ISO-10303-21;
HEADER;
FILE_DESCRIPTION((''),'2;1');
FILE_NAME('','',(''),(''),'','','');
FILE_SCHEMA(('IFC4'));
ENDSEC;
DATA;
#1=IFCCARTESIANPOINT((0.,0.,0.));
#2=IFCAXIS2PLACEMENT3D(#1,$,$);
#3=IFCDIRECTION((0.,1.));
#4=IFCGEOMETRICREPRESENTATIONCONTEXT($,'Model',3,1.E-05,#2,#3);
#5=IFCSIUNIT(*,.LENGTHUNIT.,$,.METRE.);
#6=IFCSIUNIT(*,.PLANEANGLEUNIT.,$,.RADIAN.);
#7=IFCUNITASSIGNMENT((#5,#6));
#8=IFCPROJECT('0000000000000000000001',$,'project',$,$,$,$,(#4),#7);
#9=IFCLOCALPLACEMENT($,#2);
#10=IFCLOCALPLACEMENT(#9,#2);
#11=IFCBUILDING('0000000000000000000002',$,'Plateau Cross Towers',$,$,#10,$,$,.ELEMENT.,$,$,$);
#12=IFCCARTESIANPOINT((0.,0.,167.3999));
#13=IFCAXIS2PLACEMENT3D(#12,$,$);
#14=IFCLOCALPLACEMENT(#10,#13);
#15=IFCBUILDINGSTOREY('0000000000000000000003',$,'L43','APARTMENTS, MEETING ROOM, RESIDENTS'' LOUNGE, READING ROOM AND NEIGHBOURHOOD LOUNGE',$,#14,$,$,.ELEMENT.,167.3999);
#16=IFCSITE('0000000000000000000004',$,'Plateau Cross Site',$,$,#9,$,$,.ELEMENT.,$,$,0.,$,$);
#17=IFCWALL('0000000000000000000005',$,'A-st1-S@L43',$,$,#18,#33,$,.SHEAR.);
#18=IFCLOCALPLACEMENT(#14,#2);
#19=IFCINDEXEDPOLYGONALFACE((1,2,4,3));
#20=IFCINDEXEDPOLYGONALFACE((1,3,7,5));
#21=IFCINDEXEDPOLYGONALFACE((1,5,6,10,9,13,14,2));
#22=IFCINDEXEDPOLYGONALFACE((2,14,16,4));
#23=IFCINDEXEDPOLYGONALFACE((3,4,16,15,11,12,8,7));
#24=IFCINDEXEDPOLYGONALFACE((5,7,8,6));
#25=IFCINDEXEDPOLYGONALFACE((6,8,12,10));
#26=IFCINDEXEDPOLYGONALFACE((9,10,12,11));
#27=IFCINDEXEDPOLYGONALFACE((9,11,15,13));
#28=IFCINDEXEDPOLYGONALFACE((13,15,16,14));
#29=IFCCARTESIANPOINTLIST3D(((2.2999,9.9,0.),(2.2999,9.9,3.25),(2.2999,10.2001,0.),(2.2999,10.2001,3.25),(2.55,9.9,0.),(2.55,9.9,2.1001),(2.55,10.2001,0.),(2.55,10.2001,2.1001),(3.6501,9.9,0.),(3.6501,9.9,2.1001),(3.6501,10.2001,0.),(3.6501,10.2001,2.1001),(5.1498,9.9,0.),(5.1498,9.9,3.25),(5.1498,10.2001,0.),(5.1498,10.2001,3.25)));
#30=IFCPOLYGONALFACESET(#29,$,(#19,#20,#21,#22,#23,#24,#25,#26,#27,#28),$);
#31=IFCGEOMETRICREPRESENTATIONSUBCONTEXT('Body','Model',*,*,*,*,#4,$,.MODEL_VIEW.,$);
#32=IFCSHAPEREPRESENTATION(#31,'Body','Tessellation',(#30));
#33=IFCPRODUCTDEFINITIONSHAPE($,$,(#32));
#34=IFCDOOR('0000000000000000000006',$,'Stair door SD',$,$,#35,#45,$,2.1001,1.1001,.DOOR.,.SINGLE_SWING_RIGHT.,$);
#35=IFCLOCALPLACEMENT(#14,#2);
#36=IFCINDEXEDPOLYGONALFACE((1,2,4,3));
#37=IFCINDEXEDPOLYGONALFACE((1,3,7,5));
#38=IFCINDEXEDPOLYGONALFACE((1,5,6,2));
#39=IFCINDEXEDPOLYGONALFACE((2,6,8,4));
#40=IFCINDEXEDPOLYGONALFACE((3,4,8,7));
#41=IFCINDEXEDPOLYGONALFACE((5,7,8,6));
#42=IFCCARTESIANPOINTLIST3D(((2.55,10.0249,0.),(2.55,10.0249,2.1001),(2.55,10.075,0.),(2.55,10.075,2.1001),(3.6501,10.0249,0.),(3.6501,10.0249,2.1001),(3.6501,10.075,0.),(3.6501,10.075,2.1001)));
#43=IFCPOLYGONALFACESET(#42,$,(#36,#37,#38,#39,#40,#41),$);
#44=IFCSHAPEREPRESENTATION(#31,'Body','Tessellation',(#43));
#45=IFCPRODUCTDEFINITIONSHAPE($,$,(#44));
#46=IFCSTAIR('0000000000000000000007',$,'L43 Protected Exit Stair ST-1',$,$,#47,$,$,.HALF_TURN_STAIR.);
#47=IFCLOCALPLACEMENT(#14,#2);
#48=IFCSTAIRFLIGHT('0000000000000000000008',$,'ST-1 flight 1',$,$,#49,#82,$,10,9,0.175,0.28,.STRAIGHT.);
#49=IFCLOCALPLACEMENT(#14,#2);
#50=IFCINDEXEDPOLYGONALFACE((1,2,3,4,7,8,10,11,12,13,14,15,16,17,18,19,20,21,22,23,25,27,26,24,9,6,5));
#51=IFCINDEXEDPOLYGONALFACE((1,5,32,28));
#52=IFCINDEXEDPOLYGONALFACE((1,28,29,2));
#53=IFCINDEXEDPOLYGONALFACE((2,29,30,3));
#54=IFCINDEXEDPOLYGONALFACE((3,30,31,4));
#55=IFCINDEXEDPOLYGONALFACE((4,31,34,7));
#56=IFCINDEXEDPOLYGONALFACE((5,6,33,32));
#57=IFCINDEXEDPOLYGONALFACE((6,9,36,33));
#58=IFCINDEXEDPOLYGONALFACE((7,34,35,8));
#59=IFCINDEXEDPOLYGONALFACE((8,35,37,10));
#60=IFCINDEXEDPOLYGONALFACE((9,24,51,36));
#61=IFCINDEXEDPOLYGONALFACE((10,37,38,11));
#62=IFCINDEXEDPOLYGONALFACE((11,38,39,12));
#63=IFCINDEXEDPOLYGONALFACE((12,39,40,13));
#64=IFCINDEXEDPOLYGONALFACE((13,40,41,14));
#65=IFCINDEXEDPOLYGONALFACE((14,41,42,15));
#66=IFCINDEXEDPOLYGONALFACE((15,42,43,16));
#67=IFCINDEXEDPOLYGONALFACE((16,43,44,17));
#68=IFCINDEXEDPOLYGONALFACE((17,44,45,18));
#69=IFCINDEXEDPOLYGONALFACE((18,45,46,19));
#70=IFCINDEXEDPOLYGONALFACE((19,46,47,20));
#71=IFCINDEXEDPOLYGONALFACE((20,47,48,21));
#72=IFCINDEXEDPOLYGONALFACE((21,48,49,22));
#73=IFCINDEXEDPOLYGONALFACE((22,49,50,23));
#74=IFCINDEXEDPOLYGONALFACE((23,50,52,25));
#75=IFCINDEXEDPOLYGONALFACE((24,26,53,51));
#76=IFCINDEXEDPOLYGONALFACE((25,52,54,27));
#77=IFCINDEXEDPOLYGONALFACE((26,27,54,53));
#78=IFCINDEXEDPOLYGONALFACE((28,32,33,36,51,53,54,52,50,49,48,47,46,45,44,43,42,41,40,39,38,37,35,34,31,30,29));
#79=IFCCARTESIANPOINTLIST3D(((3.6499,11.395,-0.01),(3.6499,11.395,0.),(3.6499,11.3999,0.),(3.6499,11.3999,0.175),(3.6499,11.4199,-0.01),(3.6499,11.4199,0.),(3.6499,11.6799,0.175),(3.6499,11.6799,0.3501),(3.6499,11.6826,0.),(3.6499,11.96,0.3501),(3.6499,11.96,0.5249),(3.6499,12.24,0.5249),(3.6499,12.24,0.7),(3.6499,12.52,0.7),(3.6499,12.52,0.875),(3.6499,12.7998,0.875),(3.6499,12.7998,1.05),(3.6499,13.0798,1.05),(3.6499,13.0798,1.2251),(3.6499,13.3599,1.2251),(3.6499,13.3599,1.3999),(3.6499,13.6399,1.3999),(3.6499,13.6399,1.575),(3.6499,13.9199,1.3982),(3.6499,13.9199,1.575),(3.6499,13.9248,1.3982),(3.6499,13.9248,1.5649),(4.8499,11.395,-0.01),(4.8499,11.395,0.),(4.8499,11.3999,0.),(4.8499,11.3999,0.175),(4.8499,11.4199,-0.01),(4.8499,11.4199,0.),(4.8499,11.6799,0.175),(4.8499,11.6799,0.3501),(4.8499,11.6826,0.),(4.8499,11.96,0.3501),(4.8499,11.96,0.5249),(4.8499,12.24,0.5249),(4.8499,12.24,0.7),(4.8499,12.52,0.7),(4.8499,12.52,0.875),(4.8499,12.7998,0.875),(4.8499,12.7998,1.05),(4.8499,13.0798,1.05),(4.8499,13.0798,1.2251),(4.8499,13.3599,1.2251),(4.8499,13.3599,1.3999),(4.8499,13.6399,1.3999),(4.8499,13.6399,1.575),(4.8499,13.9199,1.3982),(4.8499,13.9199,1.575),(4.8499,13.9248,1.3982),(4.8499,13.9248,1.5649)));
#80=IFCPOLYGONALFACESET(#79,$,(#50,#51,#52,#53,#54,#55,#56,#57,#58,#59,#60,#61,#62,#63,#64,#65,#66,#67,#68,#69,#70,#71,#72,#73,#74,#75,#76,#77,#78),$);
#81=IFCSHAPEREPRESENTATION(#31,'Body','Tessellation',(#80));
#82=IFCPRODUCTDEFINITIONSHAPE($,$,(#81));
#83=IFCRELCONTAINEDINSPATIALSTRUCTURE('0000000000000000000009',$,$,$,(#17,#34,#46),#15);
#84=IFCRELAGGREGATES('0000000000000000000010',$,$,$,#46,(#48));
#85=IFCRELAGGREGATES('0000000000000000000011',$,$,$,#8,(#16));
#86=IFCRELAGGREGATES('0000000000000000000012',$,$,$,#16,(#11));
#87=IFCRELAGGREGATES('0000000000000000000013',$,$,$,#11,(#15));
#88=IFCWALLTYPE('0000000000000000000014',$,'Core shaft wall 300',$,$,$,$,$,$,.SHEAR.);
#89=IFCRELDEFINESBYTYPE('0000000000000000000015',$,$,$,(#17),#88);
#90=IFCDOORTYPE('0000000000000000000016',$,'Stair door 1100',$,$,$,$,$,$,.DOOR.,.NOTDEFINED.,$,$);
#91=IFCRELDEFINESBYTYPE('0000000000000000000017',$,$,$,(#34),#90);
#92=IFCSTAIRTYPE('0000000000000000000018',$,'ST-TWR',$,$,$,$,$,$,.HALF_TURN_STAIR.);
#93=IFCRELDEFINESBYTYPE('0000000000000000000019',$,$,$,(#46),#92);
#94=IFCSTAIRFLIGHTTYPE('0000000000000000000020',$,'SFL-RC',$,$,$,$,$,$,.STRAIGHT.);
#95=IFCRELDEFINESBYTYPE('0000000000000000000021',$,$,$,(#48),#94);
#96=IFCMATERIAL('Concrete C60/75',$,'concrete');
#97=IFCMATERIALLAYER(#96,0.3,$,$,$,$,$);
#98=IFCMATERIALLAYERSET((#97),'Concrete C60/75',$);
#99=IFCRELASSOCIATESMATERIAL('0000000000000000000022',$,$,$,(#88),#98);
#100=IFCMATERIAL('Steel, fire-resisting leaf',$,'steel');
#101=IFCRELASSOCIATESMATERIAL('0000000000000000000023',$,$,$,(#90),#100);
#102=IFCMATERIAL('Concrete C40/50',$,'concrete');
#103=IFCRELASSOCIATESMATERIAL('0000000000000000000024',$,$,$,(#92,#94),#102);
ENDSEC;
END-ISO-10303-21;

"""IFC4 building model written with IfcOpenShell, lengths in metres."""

from ifc_helpers import new_model, si_unit, direction, frame, frame_2d, origin, place, context, subcontext, project, spatial, polyline, rectangle, outline, extrude, material, layer, layer_set, type_object, element, fill, aggregate, save


model = new_model("IFC4")

# Units and contexts
model_context = context("Model", 3, precision=1e-05, world=origin(), true_north=direction((0.0, 1.0)))
body_context = subcontext(model_context, "Body", "Model", "MODEL_VIEW")
ifc_project = project(units=[si_unit("LENGTHUNIT", "METRE"), si_unit("PLANEANGLEUNIT", "RADIAN")], contexts=[model_context])

# Site, building, storey
site_placement = place(None, origin())
site = spatial("IfcSite", under=ifc_project, at=site_placement, Name="Plateau Cross Site", CompositionType="ELEMENT", RefElevation=0.0)
building_placement = place(site_placement, origin())
building = spatial("IfcBuilding", under=site, at=building_placement, Name="Plateau Cross Towers", CompositionType="ELEMENT")
storey_placement = place(building_placement, frame((0.0, 0.0, 167.3999)))
storey = spatial("IfcBuildingStorey", under=building, at=storey_placement, Name="L43", Description="APARTMENTS, MEETING ROOM, RESIDENTS' LOUNGE, READING ROOM AND NEIGHBOURHOOD LOUNGE", CompositionType="ELEMENT", Elevation=167.3999)

# Shared definitions
ifc_material_1 = material(Name="Concrete C60/75", Category="concrete")
ifc_layer_1 = layer(ifc_material_1, 0.3)
ifc_layer_set_1 = layer_set([ifc_layer_1], Name="Concrete C60/75")
wall_type = type_object("IfcWallType", Name="Core shaft wall 300", PredefinedType="SHEAR", material=ifc_layer_set_1)
ifc_material_2 = material(Name="Steel, fire-resisting leaf", Category="steel")
door_type_1 = type_object("IfcDoorType", Name="Stair door 1100", OperationType="NOTDEFINED", PredefinedType="DOOR", material=ifc_material_2)

# Wall, opening, door
wall_1_placement = place(storey_placement, frame((2.3, 10.05, 0.0), z_axis=(0.0, 0.0, 1.0), x_axis=(1.0, 0.0, 0.0)))
wall_1 = element("IfcWall", 1, at=wall_1_placement, inside=storey, type_object=wall_type, Name="A-st1-S@L43", PredefinedType="SHEAR", context=body_context, shape_type="SweptSolid", body=[
    extrude(rectangle(XDim=2.8499, YDim=0.3, at=frame_2d((1.4248, 0.0))), origin(), (0.0, 0.0, 1.0), 3.25),
])
opening_1_placement = place(wall_1_placement, frame((0.25, 0.0, 0.0)))
opening_1 = element("IfcOpeningElement", 2, at=opening_1_placement, cuts=wall_1, PredefinedType="OPENING", context=body_context, shape_type="SweptSolid", body=[
    extrude(rectangle(XDim=1.1001, YDim=2.1001, at=frame_2d((0.55, 1.05))), frame((0.0, 0.1599, 0.0), z_axis=(0.0, -1.0, 0.0), x_axis=(1.0, 0.0, 0.0)), (0.0, 0.0, 1.0), 0.3201),
])
door_1_placement = place(opening_1_placement, origin())
door_1 = element("IfcDoor", 3, at=door_1_placement, inside=storey, type_object=door_type_1, Name="Stair door SD", OperationType="SINGLE_SWING_RIGHT", OverallHeight=2.1001, OverallWidth=1.1001, PredefinedType="DOOR", context=body_context, shape_type="SweptSolid", body=[
    extrude(rectangle(XDim=1.1001, YDim=2.1001, at=frame_2d((0.55, 1.05))), frame((0.0, 0.0249, 0.0), z_axis=(0.0, -1.0, 0.0), x_axis=(1.0, 0.0, 0.0)), (0.0, 0.0, 1.0), 0.05),
])
fill(opening_1, door_1)

# Stair, stair flight
ifc_material_3 = material(Name="Concrete C40/50", Category="concrete")
stair_type = type_object("IfcStairType", Name="ST-TWR", PredefinedType="HALF_TURN_STAIR", material=ifc_material_3)
stair_placement = place(storey_placement, origin())
stair = element("IfcStair", 4, at=stair_placement, inside=storey, type_object=stair_type, Name="L43 Protected Exit Stair ST-1", PredefinedType="HALF_TURN_STAIR")
stair_flight_type = type_object("IfcStairFlightType", Name="SFL-RC", PredefinedType="STRAIGHT", material=ifc_material_3)
stair_flight_placement = place(storey_placement, frame((4.25, 11.3999, 0.0), z_axis=(0.0, 0.0, 1.0), x_axis=(0.0, 1.0, 0.0)))
stair_flight = element("IfcStairFlight", 5, at=stair_flight_placement, type_object=stair_flight_type, Name="ST-1 flight 1", NumberOfRisers=10, NumberOfTreads=9, PredefinedType="STRAIGHT", RiserHeight=0.175, TreadLength=0.28, context=body_context, shape_type="SweptSolid", body=[
    extrude(outline(polyline([(-0.0049, -0.01), (-0.0049, 0.0), (0.0, 0.0), (0.0, 0.175), (0.28, 0.175), (0.28, 0.3501), (0.5601, 0.3501), (0.5601, 0.5249), (0.8401, 0.5249), (0.8401, 0.7), (1.1201, 0.7), (1.1201, 0.875), (1.3999, 0.875), (1.3999, 1.05), (1.6799, 1.05), (1.6799, 1.2251), (1.96, 1.2251), (1.96, 1.3999), (2.24, 1.3999), (2.24, 1.575), (2.52, 1.575), (2.5249, 1.5649), (2.5249, 1.3982), (2.52, 1.3982), (0.2827, 0.0), (0.02, 0.0), (0.02, -0.01), (-0.0049, -0.01)])), frame((0.0, 0.6001, 0.0), z_axis=(0.0, -1.0, 0.0), x_axis=(1.0, 0.0, 0.0)), (0.0, 0.0, 1.0), 1.2),
])
aggregate(stair, [stair_flight])

save(model, "model.ifc")
